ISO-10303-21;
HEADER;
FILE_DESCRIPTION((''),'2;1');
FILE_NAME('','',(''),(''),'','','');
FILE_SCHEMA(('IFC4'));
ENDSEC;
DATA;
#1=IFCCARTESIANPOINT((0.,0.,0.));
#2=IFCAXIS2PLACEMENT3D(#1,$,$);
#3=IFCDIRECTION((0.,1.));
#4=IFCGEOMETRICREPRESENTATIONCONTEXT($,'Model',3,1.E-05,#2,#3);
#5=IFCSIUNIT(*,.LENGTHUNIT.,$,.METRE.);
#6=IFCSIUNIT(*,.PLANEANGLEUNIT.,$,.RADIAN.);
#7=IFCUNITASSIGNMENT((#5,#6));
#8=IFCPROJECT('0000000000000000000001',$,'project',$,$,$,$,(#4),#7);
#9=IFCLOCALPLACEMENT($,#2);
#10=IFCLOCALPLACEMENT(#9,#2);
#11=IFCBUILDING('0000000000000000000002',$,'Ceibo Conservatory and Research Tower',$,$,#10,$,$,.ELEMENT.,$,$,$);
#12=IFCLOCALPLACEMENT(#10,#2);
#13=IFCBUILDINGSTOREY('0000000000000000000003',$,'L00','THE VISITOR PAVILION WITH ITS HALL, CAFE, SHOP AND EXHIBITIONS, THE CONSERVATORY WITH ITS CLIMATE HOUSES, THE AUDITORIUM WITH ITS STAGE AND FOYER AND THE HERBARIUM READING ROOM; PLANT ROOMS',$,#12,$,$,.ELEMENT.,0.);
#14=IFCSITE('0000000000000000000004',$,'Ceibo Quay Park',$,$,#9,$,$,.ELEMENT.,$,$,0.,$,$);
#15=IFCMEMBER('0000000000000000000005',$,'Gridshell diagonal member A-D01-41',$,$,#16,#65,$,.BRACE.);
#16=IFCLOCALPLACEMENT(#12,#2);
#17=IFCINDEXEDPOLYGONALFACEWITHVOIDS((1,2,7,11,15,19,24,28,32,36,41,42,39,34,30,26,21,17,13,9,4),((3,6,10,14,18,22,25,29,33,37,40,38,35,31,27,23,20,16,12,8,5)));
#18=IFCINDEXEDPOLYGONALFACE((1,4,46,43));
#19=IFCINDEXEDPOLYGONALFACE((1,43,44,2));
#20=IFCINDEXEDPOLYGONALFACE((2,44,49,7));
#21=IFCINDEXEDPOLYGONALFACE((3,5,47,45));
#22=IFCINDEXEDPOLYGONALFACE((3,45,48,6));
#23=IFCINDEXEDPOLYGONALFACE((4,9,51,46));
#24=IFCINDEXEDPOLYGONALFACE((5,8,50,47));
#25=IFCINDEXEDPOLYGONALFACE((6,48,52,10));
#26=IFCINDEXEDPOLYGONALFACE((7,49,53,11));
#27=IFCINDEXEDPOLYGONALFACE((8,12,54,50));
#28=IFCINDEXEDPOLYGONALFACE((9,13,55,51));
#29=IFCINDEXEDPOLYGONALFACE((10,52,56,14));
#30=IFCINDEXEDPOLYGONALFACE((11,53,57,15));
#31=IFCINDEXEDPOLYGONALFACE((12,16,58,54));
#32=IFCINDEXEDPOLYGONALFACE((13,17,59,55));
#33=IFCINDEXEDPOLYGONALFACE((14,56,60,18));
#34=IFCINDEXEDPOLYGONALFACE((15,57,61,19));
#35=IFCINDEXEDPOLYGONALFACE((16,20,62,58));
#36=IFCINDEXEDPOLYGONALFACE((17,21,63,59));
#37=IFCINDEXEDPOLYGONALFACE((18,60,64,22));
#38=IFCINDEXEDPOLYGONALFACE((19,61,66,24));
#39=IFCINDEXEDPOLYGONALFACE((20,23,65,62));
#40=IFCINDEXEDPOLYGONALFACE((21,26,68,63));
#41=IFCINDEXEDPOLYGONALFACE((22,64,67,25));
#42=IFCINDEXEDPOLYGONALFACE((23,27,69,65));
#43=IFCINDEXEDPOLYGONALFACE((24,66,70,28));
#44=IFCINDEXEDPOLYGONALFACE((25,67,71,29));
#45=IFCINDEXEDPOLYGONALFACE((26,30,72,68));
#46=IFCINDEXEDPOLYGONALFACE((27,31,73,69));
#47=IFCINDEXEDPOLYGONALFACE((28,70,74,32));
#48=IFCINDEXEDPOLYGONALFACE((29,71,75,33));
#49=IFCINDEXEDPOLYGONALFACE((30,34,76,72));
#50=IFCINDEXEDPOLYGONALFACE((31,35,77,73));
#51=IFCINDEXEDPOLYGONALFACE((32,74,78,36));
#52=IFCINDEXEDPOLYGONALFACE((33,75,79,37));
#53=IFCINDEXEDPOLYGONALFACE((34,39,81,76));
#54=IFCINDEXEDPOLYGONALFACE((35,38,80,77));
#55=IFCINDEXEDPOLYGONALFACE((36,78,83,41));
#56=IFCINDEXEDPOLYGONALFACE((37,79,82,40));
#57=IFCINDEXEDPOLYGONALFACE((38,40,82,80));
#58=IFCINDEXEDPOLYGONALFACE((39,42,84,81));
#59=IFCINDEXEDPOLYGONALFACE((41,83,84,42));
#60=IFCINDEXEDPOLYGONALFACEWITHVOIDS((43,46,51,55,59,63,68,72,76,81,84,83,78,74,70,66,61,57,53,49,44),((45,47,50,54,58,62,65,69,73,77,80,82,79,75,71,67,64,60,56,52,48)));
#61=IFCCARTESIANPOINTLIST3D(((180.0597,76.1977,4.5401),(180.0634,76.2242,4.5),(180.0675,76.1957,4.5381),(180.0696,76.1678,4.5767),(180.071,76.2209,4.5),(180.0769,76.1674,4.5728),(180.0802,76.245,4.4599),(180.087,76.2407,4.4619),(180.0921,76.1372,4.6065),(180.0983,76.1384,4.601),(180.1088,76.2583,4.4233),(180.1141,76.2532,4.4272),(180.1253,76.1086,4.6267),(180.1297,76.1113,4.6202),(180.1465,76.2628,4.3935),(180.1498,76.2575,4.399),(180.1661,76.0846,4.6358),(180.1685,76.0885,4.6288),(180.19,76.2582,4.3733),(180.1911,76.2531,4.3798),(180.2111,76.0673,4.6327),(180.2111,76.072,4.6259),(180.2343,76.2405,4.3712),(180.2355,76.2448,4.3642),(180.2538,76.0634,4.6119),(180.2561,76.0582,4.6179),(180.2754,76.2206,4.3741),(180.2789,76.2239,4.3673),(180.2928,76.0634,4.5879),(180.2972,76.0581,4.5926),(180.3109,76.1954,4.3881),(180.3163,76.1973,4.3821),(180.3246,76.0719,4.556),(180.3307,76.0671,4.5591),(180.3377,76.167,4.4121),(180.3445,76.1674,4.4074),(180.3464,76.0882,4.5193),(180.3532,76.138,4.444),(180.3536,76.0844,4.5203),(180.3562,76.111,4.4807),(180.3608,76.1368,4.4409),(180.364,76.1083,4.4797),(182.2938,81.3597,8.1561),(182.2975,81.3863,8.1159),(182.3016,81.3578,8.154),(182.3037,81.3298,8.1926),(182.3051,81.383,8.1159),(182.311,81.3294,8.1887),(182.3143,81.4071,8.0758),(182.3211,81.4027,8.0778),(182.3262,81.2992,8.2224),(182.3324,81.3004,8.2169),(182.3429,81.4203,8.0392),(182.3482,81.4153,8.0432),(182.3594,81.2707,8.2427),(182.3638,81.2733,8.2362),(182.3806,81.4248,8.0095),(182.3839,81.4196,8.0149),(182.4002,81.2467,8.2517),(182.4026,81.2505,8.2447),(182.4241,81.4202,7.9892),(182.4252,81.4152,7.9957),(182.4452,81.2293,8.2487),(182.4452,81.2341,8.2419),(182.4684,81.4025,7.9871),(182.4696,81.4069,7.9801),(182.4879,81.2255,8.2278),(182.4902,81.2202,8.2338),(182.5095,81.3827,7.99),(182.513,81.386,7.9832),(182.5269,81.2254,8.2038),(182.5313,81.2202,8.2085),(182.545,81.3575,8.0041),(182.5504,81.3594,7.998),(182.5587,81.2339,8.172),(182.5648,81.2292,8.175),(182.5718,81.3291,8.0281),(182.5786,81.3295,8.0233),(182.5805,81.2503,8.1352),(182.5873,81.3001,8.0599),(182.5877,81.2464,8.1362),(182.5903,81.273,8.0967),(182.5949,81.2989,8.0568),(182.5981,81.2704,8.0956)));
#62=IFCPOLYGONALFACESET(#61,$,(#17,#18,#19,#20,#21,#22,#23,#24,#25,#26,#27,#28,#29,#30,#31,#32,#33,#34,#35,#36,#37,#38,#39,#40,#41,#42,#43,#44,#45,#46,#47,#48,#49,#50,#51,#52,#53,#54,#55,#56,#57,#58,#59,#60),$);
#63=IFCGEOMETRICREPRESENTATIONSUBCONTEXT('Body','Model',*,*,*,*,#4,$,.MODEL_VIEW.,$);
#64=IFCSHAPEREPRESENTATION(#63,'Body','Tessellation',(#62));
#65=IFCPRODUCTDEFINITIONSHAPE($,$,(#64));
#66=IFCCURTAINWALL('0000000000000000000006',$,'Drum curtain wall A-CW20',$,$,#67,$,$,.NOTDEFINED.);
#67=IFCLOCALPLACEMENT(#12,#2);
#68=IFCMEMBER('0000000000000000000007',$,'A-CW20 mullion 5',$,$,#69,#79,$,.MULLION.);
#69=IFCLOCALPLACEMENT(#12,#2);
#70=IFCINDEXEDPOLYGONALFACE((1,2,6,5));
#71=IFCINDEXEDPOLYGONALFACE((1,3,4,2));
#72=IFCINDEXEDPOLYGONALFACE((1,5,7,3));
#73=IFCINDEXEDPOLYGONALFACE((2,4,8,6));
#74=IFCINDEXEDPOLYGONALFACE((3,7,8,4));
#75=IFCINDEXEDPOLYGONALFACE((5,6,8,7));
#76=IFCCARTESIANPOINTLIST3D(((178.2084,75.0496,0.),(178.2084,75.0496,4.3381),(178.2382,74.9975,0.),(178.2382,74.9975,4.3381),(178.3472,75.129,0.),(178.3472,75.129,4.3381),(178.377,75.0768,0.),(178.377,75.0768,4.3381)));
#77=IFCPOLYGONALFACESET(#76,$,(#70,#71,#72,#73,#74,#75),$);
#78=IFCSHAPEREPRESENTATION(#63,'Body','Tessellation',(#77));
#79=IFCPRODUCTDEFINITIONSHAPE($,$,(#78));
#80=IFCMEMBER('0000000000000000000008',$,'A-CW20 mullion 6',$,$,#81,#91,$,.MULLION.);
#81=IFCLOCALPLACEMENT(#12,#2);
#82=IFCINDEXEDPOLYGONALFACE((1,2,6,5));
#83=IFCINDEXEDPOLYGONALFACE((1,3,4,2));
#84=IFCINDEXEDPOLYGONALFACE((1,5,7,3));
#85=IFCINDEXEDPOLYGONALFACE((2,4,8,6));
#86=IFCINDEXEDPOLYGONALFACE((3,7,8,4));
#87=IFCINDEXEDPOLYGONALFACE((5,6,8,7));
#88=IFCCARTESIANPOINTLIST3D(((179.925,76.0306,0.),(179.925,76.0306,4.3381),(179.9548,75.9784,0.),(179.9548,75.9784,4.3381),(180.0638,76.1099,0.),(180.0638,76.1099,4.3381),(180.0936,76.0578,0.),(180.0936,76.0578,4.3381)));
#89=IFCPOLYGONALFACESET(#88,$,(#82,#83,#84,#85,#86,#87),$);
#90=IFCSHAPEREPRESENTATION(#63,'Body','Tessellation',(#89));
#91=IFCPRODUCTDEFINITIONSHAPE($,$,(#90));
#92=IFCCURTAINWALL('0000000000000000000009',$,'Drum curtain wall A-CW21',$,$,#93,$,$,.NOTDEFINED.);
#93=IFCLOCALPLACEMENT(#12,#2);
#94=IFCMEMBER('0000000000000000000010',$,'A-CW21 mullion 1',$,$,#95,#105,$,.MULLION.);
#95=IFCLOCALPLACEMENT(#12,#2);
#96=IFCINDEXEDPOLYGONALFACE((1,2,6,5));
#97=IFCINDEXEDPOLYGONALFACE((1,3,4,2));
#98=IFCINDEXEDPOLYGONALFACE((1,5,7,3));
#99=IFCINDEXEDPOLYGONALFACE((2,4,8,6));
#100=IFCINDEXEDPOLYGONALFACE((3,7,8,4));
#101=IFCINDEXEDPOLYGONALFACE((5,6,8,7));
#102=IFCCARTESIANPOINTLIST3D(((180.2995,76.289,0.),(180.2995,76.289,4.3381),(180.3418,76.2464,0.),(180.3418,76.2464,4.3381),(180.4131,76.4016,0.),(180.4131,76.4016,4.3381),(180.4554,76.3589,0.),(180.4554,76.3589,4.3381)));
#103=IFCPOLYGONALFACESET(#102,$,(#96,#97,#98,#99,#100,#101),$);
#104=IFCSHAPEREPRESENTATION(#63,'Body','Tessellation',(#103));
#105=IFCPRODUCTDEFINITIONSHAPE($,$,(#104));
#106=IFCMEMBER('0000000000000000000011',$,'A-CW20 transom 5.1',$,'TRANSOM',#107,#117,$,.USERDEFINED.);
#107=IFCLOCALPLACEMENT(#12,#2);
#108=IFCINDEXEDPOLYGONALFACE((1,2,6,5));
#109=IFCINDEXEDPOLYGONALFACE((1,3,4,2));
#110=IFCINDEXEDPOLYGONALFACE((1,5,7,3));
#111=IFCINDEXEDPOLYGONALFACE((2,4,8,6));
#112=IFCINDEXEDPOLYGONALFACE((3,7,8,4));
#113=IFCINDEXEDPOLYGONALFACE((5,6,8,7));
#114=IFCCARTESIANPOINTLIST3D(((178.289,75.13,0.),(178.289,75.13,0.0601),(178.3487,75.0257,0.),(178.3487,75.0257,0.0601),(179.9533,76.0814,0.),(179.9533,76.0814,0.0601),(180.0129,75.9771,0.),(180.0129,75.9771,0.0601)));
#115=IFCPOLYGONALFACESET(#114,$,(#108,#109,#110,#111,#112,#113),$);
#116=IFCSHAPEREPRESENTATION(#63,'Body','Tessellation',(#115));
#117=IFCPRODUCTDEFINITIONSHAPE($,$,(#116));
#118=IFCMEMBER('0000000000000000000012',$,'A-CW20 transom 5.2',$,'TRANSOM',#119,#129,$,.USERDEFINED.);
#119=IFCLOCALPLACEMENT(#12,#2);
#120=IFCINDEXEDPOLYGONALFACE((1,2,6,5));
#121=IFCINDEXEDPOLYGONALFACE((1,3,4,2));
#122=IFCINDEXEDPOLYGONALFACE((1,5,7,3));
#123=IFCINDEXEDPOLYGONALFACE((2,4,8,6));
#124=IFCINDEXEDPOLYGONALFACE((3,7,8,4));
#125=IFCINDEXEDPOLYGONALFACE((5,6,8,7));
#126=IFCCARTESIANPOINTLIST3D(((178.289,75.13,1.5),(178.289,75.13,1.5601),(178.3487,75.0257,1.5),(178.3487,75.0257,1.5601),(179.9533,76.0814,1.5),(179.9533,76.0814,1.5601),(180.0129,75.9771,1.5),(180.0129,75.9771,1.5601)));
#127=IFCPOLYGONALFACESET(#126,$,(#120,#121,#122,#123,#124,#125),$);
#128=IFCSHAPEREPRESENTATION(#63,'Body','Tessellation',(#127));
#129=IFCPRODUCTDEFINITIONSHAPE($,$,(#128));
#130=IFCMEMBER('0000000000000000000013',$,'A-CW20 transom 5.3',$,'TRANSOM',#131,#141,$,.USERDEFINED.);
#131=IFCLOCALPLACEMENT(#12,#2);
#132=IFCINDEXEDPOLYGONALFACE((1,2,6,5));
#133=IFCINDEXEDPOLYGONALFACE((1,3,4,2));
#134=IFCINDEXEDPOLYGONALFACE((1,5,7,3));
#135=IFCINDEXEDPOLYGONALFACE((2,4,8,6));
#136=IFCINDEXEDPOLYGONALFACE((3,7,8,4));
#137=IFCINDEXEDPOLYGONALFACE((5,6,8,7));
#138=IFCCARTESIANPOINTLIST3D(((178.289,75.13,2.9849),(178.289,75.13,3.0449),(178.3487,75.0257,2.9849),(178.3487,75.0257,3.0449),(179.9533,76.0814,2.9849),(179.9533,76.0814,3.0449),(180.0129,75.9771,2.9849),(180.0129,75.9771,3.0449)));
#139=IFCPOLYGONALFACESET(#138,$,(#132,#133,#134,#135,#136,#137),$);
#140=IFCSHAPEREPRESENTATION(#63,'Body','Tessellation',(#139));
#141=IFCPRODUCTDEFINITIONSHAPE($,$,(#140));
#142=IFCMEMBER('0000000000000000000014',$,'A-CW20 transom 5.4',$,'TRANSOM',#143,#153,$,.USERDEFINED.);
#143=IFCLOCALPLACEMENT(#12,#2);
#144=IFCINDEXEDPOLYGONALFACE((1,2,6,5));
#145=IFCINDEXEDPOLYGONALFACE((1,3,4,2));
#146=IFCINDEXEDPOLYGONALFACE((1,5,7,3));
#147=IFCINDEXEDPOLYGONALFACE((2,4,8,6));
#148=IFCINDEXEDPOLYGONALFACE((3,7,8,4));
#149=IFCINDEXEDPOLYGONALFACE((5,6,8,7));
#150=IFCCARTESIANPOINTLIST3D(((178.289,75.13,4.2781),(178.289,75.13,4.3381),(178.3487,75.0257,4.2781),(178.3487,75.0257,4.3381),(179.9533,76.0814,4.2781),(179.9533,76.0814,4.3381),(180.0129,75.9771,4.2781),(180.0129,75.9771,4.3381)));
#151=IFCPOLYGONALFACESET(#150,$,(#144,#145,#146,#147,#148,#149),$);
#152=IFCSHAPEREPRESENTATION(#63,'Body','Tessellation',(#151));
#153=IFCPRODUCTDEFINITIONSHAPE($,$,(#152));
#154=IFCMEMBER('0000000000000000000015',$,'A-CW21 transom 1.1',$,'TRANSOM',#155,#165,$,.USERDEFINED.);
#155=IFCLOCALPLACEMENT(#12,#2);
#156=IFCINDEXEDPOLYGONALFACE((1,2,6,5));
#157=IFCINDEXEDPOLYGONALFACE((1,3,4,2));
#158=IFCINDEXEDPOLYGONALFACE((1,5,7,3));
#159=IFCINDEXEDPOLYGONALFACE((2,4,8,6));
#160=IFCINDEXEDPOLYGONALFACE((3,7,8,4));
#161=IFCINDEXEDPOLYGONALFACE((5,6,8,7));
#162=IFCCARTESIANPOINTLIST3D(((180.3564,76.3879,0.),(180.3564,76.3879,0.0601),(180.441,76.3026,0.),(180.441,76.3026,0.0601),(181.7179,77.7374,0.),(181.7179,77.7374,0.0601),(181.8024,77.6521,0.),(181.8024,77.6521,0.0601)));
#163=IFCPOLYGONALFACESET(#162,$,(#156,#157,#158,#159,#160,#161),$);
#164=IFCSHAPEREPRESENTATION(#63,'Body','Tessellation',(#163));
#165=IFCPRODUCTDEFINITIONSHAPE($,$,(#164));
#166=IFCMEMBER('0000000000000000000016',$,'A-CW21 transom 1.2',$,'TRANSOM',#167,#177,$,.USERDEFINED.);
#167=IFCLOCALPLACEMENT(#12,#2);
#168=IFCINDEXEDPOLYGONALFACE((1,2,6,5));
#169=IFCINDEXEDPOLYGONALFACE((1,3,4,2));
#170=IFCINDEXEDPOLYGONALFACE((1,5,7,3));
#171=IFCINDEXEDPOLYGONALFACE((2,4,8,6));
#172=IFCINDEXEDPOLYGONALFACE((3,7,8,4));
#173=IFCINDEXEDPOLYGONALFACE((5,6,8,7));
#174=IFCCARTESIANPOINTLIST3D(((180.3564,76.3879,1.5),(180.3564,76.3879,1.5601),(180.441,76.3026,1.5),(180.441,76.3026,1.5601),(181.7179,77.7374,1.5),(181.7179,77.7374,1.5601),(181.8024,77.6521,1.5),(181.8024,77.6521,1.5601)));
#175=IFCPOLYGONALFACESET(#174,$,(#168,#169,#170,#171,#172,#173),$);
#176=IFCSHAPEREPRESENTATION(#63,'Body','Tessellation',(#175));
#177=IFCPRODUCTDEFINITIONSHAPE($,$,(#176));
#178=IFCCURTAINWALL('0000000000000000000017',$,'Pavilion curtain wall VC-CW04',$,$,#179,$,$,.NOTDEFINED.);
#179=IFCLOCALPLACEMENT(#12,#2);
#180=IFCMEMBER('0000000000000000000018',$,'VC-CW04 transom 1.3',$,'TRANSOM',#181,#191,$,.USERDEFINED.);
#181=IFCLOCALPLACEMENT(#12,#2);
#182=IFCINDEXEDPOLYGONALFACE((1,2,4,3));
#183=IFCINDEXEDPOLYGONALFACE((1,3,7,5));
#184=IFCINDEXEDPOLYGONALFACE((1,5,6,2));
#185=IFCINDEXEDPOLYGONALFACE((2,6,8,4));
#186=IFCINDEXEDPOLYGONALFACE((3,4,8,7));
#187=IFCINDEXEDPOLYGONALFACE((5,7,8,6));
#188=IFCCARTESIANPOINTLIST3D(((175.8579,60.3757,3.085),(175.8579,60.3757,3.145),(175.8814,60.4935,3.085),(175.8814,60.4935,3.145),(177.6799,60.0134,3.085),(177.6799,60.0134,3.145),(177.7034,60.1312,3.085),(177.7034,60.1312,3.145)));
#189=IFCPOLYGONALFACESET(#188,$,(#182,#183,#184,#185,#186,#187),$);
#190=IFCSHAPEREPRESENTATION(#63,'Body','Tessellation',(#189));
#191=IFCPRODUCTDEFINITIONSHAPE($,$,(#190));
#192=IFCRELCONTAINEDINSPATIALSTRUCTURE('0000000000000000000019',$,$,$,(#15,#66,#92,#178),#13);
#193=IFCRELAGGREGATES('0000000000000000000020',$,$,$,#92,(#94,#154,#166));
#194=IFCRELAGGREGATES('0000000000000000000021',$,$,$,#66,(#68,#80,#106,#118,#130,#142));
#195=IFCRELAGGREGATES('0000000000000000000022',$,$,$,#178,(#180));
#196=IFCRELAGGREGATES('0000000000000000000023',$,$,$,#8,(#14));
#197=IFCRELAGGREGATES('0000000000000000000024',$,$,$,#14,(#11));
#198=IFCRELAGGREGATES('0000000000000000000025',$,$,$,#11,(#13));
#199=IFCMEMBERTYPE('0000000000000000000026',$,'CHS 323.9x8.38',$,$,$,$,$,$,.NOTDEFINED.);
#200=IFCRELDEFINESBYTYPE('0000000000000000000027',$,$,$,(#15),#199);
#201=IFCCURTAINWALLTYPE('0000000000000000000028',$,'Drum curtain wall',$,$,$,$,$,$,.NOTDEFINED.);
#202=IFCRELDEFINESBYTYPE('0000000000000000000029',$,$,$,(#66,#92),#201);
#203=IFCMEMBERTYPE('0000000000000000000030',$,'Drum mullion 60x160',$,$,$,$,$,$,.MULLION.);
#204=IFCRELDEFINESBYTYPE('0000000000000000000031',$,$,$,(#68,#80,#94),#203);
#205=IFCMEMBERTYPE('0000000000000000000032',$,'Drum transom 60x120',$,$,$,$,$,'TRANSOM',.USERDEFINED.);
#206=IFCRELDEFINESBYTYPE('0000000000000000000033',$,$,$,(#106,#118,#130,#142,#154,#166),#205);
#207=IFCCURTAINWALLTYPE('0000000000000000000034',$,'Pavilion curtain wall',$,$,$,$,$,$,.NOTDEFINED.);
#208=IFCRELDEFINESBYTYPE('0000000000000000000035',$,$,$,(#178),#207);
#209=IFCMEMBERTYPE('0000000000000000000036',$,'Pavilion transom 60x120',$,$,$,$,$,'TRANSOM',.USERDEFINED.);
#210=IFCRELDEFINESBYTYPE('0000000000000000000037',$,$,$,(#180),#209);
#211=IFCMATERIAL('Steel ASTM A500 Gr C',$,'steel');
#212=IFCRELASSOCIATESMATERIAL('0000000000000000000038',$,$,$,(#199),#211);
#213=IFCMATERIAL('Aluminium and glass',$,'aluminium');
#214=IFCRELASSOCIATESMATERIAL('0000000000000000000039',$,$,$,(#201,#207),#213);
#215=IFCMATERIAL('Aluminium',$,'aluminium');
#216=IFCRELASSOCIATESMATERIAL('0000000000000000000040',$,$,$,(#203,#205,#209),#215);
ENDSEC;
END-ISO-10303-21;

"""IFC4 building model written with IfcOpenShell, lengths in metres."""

from ifc_helpers import new_model, si_unit, direction, frame, origin, origin_2d, place, context, subcontext, project, spatial, rectangle, hollow_circle, extrude, material, material_profile, profile_set, type_object, element, aggregate, save


model = new_model("IFC4")

# Units and contexts
model_context = context("Model", 3, precision=1e-05, world=origin(), true_north=direction((0.0, 1.0)))
body_context = subcontext(model_context, "Body", "Model", "MODEL_VIEW")
ifc_project = project(units=[si_unit("LENGTHUNIT", "METRE"), si_unit("PLANEANGLEUNIT", "RADIAN")], contexts=[model_context])

# Site, building, storey
site_placement = place(None, origin())
site = spatial("IfcSite", under=ifc_project, at=site_placement, Name="Ceibo Quay Park", CompositionType="ELEMENT", RefElevation=0.0)
building_placement = place(site_placement, origin())
building = spatial("IfcBuilding", under=site, at=building_placement, Name="Ceibo Conservatory and Research Tower", CompositionType="ELEMENT")
storey_placement = place(building_placement, origin())
storey = spatial("IfcBuildingStorey", under=building, at=storey_placement, Name="L00", Description="THE VISITOR PAVILION WITH ITS HALL, CAFE, SHOP AND EXHIBITIONS, THE CONSERVATORY WITH ITS CLIMATE HOUSES, THE AUDITORIUM WITH ITS STAGE AND FOYER AND THE HERBARIUM READING ROOM; PLANT ROOMS", CompositionType="ELEMENT", Elevation=0.0)

# Shared definitions
ifc_material_1 = material(Name="Steel ASTM A500 Gr C", Category="steel")

# Member
ifc_material_profile_1 = material_profile(ifc_material_1, hollow_circle(Radius=0.1619, WallThickness=0.0083, at=origin_2d()), Name="CHS 323.9x8.38")
ifc_profile_set_1 = profile_set([ifc_material_profile_1], Name="Steel ASTM A500 Gr C")
member_type_1 = type_object("IfcMemberType", Name="CHS 323.9x8.38", PredefinedType="NOTDEFINED", material=ifc_profile_set_1)
member_1_placement = place(storey_placement, frame((180.2119, 76.1599, 4.5), z_axis=(0.334108, 0.77198, 0.540758), x_axis=(-0.917736, 0.397191, 0.0)))
element("IfcMember", 1, at=member_1_placement, inside=storey, type_object=member_type_1, Name="Gridshell diagonal member A-D01-41", PredefinedType="BRACE", context=body_context, shape_type="SweptSolid", body=[
    extrude(hollow_circle(Radius=0.1619, WallThickness=0.0083, at=origin_2d()), origin(), (0.0, 0.0, 1.0), 6.6868),
])

# Curtain wall, members
ifc_material_2 = material(Name="Aluminium and glass", Category="aluminium")
curtain_wall_type_1 = type_object("IfcCurtainWallType", Name="Drum curtain wall", PredefinedType="NOTDEFINED", material=ifc_material_2)
curtain_wall_1_placement = place(storey_placement, origin())
curtain_wall_1 = element("IfcCurtainWall", 2, at=curtain_wall_1_placement, inside=storey, type_object=curtain_wall_type_1, Name="Drum curtain wall A-CW20", PredefinedType="NOTDEFINED")
ifc_material_3 = material(Name="Aluminium", Category="aluminium")
ifc_material_profile_2 = material_profile(ifc_material_3, rectangle(XDim=0.0601, YDim=0.1599, at=origin_2d()), Name="AL 60x160")
ifc_profile_set_2 = profile_set([ifc_material_profile_2], Name="Aluminium")
member_type_2 = type_object("IfcMemberType", Name="Drum mullion 60x160", PredefinedType="MULLION", material=ifc_profile_set_2)
member_2_placement = place(storey_placement, frame((178.2927, 75.0632, 0.0), z_axis=(0.0, 0.0, 1.0), x_axis=(-0.496216, 0.868199, 0.0)))
member_2 = element("IfcMember", 3, at=member_2_placement, type_object=member_type_2, Name="A-CW20 mullion 5", PredefinedType="MULLION", context=body_context, shape_type="SweptSolid", body=[
    extrude(rectangle(XDim=0.0601, YDim=0.1599, at=origin_2d()), origin(), (0.0, 0.0, 1.0), 4.3381),
])
member_3_placement = place(storey_placement, frame((180.0093, 76.0442, 0.0), z_axis=(0.0, 0.0, 1.0), x_axis=(-0.496216, 0.868199, 0.0)))
member_3 = element("IfcMember", 4, at=member_3_placement, type_object=member_type_2, Name="A-CW20 mullion 6", PredefinedType="MULLION", context=body_context, shape_type="SweptSolid", body=[
    extrude(rectangle(XDim=0.0601, YDim=0.1599, at=origin_2d()), origin(), (0.0, 0.0, 1.0), 4.3381),
])

# Curtain wall, member
curtain_wall_2_placement = place(storey_placement, origin())
curtain_wall_2 = element("IfcCurtainWall", 5, at=curtain_wall_2_placement, inside=storey, type_object=curtain_wall_type_1, Name="Drum curtain wall A-CW21", PredefinedType="NOTDEFINED")
member_4_placement = place(storey_placement, frame((180.3774, 76.324, 0.0), z_axis=(0.0, 0.0, 1.0), x_axis=(-0.704015, 0.710185, 0.0)))
member_4 = element("IfcMember", 6, at=member_4_placement, type_object=member_type_2, Name="A-CW21 mullion 1", PredefinedType="MULLION", context=body_context, shape_type="SweptSolid", body=[
    extrude(rectangle(XDim=0.0601, YDim=0.1599, at=origin_2d()), origin(), (0.0, 0.0, 1.0), 4.3381),
])

# Members
ifc_material_profile_3 = material_profile(ifc_material_3, rectangle(XDim=0.1201, YDim=0.0601, at=origin_2d()), Name="AL 60x120")
ifc_profile_set_3 = profile_set([ifc_material_profile_3], Name="Aluminium")
member_type_3 = type_object("IfcMemberType", Name="Drum transom 60x120", ElementType="TRANSOM", PredefinedType="USERDEFINED", material=ifc_profile_set_3)
member_5_placement = place(storey_placement, frame((178.3188, 75.0779, 0.03), z_axis=(0.868157, 0.49629, 0.0), x_axis=(-0.49629, 0.868157, 0.0)))
member_5 = element("IfcMember", 7, at=member_5_placement, type_object=member_type_3, Name="A-CW20 transom 5.1", ObjectType="TRANSOM", PredefinedType="USERDEFINED", context=body_context, shape_type="SweptSolid", body=[
    extrude(rectangle(XDim=0.1201, YDim=0.0601, at=origin_2d()), origin(), (0.0, 0.0, 1.0), 1.917),
])
member_6_placement = place(storey_placement, frame((178.3188, 75.0779, 1.53), z_axis=(0.868157, 0.49629, 0.0), x_axis=(-0.49629, 0.868157, 0.0)))
member_6 = element("IfcMember", 8, at=member_6_placement, type_object=member_type_3, Name="A-CW20 transom 5.2", ObjectType="TRANSOM", PredefinedType="USERDEFINED", context=body_context, shape_type="SweptSolid", body=[
    extrude(rectangle(XDim=0.1201, YDim=0.0601, at=origin_2d()), origin(), (0.0, 0.0, 1.0), 1.917),
])
member_7_placement = place(storey_placement, frame((178.3188, 75.0779, 3.0149), z_axis=(0.868157, 0.49629, 0.0), x_axis=(-0.49629, 0.868157, 0.0)))
member_7 = element("IfcMember", 9, at=member_7_placement, type_object=member_type_3, Name="A-CW20 transom 5.3", ObjectType="TRANSOM", PredefinedType="USERDEFINED", context=body_context, shape_type="SweptSolid", body=[
    extrude(rectangle(XDim=0.1201, YDim=0.0601, at=origin_2d()), origin(), (0.0, 0.0, 1.0), 1.917),
])
member_8_placement = place(storey_placement, frame((178.3188, 75.0779, 4.3081), z_axis=(0.868157, 0.49629, 0.0), x_axis=(-0.49629, 0.868157, 0.0)))
member_8 = element("IfcMember", 10, at=member_8_placement, type_object=member_type_3, Name="A-CW20 transom 5.4", ObjectType="TRANSOM", PredefinedType="USERDEFINED", context=body_context, shape_type="SweptSolid", body=[
    extrude(rectangle(XDim=0.1201, YDim=0.0601, at=origin_2d()), origin(), (0.0, 0.0, 1.0), 1.917),
])
member_9_placement = place(storey_placement, frame((180.3987, 76.3452, 0.03), z_axis=(0.71022, 0.70398, 0.0), x_axis=(-0.70398, 0.71022, 0.0)))
member_9 = element("IfcMember", 11, at=member_9_placement, type_object=member_type_3, Name="A-CW21 transom 1.1", ObjectType="TRANSOM", PredefinedType="USERDEFINED", context=body_context, shape_type="SweptSolid", body=[
    extrude(rectangle(XDim=0.1201, YDim=0.0601, at=origin_2d()), origin(), (0.0, 0.0, 1.0), 1.917),
])
member_10_placement = place(storey_placement, frame((180.3987, 76.3452, 1.53), z_axis=(0.71022, 0.70398, 0.0), x_axis=(-0.70398, 0.71022, 0.0)))
member_10 = element("IfcMember", 12, at=member_10_placement, type_object=member_type_3, Name="A-CW21 transom 1.2", ObjectType="TRANSOM", PredefinedType="USERDEFINED", context=body_context, shape_type="SweptSolid", body=[
    extrude(rectangle(XDim=0.1201, YDim=0.0601, at=origin_2d()), origin(), (0.0, 0.0, 1.0), 1.917),
])
aggregate(curtain_wall_2, [member_4, member_9, member_10])

# Curtain wall, member
curtain_wall_type_2 = type_object("IfcCurtainWallType", Name="Pavilion curtain wall", PredefinedType="NOTDEFINED", material=ifc_material_2)
curtain_wall_3_placement = place(storey_placement, origin())
curtain_wall_3 = element("IfcCurtainWall", 13, at=curtain_wall_3_placement, inside=storey, type_object=curtain_wall_type_2, Name="Pavilion curtain wall VC-CW04", PredefinedType="NOTDEFINED")
ifc_material_profile_4 = material_profile(ifc_material_3, rectangle(XDim=0.1201, YDim=0.0601, at=origin_2d()), Name="AL 60x120")
ifc_profile_set_4 = profile_set([ifc_material_profile_4], Name="Aluminium")
member_type_4 = type_object("IfcMemberType", Name="Pavilion transom 60x120", ElementType="TRANSOM", PredefinedType="USERDEFINED", material=ifc_profile_set_4)
member_11_placement = place(storey_placement, frame((177.6917, 60.0723, 3.115), z_axis=(-0.980797, 0.195029, 0.0), x_axis=(-0.195029, -0.980797, 0.0)))
member_11 = element("IfcMember", 14, at=member_11_placement, type_object=member_type_4, Name="VC-CW04 transom 1.3", ObjectType="TRANSOM", PredefinedType="USERDEFINED", context=body_context, shape_type="SweptSolid", body=[
    extrude(rectangle(XDim=0.1201, YDim=0.0601, at=origin_2d()), origin(), (0.0, 0.0, 1.0), 1.8577),
])

aggregate(curtain_wall_1, [member_2, member_3, member_5, member_6, member_7, member_8])

aggregate(curtain_wall_3, [member_11])

save(model, "model.ifc")
